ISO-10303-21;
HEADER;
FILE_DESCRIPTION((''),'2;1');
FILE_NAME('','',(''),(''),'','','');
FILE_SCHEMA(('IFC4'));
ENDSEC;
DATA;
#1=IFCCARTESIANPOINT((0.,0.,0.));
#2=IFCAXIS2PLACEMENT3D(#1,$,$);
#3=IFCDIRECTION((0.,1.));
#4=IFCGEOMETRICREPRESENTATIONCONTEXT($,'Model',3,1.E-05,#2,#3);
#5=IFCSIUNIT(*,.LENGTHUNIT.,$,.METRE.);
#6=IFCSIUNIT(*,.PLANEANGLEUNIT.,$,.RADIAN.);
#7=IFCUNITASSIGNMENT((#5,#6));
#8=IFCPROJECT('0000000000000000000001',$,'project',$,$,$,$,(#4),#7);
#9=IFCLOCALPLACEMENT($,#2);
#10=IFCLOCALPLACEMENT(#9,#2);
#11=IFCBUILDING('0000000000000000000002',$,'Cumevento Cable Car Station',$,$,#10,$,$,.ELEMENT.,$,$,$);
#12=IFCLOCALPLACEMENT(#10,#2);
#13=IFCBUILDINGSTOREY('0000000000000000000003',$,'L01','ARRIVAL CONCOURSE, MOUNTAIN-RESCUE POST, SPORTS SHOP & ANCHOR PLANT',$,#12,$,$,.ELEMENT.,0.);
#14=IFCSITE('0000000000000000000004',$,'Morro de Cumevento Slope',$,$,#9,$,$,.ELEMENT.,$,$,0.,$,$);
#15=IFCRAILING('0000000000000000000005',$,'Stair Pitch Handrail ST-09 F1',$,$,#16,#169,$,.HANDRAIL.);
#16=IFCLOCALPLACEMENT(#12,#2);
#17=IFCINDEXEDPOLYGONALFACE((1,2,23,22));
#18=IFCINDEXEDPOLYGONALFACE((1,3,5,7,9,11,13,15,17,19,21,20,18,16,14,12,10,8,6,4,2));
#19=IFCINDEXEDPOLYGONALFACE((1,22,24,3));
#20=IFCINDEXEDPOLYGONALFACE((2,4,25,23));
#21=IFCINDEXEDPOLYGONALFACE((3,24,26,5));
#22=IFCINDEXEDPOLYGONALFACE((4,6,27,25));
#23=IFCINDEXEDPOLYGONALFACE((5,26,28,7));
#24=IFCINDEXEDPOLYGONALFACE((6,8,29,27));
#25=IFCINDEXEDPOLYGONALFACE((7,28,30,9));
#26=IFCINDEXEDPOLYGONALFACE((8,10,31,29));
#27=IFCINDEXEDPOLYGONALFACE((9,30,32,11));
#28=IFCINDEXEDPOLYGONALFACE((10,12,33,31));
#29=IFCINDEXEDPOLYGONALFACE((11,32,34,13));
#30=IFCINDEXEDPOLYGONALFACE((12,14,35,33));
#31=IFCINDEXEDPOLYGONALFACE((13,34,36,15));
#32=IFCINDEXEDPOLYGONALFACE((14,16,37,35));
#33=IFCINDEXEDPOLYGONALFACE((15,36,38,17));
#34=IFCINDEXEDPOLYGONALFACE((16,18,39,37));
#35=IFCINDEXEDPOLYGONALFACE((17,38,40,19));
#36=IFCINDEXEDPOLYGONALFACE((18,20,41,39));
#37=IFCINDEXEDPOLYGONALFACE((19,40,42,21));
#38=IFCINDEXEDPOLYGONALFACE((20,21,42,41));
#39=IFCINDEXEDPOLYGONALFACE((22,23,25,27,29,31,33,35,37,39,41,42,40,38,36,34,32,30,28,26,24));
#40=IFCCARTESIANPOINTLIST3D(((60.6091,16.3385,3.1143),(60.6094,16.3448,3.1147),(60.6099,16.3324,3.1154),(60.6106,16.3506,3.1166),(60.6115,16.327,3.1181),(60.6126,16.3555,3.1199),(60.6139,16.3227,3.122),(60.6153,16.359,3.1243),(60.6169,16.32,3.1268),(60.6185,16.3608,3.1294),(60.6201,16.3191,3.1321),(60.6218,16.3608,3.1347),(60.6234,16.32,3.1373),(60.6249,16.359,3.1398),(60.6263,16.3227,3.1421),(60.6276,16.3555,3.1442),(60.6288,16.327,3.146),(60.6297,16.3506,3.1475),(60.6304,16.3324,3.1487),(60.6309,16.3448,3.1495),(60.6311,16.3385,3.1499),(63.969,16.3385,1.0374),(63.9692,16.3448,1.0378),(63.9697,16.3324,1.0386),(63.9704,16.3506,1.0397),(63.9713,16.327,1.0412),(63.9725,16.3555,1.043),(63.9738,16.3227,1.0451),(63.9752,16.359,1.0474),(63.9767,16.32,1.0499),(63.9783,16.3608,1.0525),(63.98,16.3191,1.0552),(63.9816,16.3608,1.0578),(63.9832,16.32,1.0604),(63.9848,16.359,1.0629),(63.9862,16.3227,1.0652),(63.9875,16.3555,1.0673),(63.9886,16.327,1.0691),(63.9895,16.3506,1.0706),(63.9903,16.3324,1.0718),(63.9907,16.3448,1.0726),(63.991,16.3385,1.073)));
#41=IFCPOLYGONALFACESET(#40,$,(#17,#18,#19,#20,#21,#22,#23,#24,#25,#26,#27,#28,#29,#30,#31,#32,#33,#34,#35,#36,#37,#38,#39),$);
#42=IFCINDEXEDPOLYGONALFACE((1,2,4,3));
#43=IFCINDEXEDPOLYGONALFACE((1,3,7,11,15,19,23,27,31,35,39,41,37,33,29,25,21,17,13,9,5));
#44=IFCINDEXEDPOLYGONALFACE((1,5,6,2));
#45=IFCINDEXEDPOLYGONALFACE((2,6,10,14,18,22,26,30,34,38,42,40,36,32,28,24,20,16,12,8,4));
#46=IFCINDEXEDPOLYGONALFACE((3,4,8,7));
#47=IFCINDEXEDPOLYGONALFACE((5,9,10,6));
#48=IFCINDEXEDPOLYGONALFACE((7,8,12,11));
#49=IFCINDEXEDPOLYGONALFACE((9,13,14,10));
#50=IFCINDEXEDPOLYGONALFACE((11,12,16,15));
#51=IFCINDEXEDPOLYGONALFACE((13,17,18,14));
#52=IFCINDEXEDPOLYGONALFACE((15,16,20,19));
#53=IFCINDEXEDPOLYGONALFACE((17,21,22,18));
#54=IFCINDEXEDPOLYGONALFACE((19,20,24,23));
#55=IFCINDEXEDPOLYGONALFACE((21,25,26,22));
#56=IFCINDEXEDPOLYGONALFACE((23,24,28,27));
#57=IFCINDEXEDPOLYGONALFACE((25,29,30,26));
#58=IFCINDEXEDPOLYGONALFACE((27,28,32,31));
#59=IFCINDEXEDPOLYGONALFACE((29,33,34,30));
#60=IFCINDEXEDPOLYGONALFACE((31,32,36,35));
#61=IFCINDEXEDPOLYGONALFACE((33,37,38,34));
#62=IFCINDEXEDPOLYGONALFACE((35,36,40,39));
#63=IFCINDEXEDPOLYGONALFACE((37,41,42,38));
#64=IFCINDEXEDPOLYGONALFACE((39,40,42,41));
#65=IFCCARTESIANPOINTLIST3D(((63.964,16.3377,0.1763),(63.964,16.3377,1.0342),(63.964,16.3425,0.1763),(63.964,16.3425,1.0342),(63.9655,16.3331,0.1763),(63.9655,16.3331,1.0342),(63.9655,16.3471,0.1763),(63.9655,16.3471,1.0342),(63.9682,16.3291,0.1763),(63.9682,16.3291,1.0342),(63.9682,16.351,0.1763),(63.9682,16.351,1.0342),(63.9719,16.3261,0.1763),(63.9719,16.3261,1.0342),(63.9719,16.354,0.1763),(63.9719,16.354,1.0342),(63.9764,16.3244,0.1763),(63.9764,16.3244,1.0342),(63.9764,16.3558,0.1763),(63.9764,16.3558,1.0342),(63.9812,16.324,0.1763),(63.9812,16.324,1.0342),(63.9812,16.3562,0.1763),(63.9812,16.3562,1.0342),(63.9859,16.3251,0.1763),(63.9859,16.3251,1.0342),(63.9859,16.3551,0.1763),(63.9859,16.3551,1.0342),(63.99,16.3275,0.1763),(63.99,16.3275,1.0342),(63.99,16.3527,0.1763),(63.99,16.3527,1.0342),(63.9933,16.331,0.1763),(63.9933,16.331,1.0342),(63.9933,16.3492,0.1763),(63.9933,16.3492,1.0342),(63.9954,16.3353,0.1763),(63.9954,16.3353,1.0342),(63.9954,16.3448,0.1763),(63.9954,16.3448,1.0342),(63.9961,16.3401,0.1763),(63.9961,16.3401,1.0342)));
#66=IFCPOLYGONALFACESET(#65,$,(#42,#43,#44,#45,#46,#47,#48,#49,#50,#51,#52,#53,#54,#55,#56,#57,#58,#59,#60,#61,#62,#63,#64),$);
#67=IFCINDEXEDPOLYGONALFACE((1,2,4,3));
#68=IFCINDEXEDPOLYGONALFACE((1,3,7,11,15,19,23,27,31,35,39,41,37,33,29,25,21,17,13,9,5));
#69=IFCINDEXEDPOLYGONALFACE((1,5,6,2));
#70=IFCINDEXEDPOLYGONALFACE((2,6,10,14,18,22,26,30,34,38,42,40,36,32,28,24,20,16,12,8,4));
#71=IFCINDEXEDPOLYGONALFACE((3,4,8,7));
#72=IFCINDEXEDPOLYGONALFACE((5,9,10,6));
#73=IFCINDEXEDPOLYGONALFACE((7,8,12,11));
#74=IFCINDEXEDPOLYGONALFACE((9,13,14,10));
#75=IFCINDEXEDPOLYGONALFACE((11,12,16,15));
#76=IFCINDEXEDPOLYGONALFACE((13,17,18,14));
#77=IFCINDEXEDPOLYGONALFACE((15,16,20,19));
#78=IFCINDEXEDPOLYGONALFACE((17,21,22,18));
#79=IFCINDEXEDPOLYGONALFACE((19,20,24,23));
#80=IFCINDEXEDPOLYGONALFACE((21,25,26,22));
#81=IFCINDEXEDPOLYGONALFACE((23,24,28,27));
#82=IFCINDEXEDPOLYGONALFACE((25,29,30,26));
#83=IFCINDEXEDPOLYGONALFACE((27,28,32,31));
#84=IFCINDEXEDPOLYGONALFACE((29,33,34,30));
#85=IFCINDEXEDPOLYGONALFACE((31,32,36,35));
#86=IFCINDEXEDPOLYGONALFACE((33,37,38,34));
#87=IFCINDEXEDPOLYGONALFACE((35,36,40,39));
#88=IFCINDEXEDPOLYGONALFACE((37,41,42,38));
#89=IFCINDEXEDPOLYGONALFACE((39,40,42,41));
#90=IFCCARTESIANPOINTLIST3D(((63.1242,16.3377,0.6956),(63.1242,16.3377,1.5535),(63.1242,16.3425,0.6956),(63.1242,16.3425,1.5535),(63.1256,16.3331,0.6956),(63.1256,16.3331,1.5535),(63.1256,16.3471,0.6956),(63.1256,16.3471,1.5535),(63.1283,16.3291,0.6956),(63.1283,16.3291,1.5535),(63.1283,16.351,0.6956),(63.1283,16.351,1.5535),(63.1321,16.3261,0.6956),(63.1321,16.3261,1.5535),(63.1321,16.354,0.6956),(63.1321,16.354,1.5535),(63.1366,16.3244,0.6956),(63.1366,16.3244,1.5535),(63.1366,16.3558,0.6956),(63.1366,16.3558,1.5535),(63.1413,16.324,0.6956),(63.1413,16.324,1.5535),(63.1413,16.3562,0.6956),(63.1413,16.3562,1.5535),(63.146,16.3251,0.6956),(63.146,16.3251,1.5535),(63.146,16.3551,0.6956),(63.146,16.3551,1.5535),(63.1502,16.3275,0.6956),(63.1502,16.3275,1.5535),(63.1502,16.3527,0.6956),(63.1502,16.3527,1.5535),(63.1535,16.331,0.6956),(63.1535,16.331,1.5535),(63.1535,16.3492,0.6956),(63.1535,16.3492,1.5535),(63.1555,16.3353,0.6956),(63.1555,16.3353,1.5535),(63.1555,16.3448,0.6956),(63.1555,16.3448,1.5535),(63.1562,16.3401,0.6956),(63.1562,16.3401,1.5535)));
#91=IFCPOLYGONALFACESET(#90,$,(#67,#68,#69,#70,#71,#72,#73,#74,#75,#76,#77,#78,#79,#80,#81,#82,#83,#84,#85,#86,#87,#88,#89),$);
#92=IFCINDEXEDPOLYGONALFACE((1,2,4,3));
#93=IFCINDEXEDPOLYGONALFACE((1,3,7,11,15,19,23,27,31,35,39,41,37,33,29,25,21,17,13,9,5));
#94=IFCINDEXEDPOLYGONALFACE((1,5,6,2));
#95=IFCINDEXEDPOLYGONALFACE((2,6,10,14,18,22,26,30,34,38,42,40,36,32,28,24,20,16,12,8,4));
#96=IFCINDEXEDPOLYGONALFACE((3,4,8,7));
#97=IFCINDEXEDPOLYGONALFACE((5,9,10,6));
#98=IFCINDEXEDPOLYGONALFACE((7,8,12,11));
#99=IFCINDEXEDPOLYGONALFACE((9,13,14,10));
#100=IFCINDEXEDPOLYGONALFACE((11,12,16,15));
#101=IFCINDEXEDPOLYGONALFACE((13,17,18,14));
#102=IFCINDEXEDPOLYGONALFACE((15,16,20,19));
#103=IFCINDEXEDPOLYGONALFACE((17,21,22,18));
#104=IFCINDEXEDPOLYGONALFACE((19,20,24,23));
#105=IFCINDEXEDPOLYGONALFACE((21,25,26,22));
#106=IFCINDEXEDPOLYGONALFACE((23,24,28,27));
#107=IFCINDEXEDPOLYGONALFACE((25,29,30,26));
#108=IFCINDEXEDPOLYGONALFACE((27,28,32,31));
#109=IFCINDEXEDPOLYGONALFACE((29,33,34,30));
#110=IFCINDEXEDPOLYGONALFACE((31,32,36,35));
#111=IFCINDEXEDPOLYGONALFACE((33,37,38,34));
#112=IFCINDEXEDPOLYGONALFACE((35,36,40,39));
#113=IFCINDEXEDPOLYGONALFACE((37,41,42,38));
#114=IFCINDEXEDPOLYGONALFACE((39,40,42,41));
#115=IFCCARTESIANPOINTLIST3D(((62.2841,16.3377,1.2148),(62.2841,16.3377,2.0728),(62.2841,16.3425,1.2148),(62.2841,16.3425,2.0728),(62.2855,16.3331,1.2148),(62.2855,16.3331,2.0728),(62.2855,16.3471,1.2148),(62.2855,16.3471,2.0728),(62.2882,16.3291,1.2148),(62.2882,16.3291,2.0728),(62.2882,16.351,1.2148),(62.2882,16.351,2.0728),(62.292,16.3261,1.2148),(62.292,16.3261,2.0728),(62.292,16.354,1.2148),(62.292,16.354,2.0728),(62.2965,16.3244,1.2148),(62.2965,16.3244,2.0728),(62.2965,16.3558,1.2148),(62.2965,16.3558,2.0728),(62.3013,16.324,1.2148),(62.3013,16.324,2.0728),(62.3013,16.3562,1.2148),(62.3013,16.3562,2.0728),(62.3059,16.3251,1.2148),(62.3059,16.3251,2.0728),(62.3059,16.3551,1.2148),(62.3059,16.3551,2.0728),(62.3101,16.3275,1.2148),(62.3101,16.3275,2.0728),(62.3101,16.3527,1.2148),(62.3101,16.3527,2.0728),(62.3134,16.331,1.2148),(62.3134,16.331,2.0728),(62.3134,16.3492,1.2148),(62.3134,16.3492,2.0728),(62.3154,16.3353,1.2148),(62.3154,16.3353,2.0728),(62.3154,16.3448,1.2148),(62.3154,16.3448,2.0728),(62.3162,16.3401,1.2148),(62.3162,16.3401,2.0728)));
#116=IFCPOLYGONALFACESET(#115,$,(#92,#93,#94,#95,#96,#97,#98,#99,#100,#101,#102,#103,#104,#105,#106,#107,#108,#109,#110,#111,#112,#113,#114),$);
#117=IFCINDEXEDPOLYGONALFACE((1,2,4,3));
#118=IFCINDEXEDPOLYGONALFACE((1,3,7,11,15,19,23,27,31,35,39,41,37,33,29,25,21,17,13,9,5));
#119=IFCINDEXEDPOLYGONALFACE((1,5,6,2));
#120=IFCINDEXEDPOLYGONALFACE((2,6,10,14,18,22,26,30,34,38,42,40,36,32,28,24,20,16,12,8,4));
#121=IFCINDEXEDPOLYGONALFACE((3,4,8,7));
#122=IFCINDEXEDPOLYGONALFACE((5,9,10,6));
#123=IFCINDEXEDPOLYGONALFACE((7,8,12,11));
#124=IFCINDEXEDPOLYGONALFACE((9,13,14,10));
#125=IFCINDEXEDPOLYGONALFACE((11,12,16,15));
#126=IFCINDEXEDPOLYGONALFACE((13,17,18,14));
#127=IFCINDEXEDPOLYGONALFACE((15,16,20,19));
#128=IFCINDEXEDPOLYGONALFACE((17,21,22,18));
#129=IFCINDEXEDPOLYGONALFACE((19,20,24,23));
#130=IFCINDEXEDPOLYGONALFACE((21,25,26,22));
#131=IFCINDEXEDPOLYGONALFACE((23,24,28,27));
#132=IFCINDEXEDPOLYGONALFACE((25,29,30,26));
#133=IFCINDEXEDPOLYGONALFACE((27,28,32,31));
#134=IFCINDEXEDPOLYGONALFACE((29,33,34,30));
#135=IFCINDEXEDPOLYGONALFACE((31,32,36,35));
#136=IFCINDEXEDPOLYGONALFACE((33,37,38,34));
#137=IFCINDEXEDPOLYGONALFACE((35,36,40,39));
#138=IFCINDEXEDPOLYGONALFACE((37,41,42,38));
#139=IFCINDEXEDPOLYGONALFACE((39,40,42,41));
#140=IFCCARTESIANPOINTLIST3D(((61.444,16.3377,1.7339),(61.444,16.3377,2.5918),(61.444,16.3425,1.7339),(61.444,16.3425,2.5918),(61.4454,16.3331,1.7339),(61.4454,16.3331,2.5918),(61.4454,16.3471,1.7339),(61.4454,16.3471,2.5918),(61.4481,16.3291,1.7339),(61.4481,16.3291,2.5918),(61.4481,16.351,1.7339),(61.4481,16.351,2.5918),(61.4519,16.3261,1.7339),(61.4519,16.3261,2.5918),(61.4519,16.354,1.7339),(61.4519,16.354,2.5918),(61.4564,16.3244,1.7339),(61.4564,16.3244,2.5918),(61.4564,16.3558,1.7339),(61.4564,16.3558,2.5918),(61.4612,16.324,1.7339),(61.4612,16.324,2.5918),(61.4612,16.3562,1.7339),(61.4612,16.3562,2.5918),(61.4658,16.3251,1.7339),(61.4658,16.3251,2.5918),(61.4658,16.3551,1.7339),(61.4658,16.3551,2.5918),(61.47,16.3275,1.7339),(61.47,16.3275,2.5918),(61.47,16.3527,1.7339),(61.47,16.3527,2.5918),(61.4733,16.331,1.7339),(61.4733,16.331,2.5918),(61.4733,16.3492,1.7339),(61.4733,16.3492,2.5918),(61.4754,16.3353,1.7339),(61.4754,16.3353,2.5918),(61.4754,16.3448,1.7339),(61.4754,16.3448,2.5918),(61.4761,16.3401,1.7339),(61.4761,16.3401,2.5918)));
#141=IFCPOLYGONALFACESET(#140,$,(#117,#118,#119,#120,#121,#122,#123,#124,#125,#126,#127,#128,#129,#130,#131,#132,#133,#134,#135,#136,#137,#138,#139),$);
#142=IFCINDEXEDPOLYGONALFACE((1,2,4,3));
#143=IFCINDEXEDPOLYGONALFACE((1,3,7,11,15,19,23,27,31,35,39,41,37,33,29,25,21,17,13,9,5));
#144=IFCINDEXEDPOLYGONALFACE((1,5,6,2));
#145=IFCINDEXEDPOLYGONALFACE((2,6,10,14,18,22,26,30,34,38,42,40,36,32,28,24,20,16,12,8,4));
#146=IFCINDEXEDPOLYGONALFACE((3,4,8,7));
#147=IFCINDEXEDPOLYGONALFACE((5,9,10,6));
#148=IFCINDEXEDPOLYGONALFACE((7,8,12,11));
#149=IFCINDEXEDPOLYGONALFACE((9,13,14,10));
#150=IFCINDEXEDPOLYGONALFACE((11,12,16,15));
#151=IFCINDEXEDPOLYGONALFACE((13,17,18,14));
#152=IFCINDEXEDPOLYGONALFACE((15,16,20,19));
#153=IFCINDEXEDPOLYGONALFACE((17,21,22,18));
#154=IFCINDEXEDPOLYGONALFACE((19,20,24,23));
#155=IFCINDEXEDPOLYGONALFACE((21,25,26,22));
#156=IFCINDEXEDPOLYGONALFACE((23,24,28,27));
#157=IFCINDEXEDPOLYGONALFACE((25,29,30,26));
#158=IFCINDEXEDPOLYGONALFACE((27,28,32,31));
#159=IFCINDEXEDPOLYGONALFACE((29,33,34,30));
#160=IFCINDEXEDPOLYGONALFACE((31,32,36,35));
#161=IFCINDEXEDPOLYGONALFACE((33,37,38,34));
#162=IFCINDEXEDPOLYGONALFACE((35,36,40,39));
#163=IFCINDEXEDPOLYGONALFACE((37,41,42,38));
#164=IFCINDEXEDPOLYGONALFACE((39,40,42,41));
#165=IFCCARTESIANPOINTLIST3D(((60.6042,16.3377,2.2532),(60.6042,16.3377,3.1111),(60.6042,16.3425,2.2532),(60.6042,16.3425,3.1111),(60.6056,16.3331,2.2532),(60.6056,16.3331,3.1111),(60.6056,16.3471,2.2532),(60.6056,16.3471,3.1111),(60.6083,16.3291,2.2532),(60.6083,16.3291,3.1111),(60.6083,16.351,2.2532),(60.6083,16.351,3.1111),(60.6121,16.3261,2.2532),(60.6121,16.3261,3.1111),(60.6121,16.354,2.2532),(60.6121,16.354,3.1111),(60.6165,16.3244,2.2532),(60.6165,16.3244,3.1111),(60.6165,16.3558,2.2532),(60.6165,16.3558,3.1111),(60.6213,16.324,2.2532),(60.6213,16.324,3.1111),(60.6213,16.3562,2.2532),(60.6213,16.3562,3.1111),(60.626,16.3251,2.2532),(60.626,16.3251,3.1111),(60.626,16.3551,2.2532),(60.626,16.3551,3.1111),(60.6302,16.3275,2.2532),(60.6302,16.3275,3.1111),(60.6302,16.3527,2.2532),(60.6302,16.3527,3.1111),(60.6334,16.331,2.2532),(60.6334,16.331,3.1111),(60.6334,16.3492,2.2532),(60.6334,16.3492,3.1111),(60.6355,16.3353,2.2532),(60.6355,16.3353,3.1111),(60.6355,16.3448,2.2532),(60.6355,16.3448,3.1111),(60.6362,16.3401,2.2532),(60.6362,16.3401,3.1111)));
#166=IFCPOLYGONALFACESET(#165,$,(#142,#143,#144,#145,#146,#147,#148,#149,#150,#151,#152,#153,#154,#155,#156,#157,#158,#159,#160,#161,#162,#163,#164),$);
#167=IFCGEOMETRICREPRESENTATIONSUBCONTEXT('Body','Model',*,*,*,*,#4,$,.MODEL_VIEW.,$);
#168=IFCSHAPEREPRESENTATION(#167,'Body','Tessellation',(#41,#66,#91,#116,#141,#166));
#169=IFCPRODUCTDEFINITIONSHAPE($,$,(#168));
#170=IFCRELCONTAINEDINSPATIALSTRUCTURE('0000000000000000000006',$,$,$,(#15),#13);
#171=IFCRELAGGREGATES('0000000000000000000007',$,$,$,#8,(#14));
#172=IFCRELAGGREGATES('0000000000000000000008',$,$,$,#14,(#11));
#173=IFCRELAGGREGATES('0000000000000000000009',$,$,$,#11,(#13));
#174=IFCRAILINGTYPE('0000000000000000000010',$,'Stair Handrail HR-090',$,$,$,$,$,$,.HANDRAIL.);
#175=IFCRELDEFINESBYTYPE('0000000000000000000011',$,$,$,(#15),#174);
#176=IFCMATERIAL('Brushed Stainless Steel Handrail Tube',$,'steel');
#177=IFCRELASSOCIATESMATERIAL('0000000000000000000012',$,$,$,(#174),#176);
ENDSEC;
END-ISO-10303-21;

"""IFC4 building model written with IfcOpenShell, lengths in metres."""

from ifc_helpers import new_model, si_unit, direction, frame, origin, origin_2d, place, context, subcontext, project, spatial, circle, extrude, material, type_object, element, save


model = new_model("IFC4")

# Units and contexts
model_context = context("Model", 3, precision=1e-05, world=origin(), true_north=direction((0.0, 1.0)))
body_context = subcontext(model_context, "Body", "Model", "MODEL_VIEW")
ifc_project = project(units=[si_unit("LENGTHUNIT", "METRE"), si_unit("PLANEANGLEUNIT", "RADIAN")], contexts=[model_context])

# Site, building, storey
site_placement = place(None, origin())
site = spatial("IfcSite", under=ifc_project, at=site_placement, Name="Morro de Cumevento Slope", CompositionType="ELEMENT", RefElevation=0.0)
building_placement = place(site_placement, origin())
building = spatial("IfcBuilding", under=site, at=building_placement, Name="Cumevento Cable Car Station", CompositionType="ELEMENT")
storey_placement = place(building_placement, origin())
storey = spatial("IfcBuildingStorey", under=building, at=storey_placement, Name="L01", Description="ARRIVAL CONCOURSE, MOUNTAIN-RESCUE POST, SPORTS SHOP & ANCHOR PLANT", CompositionType="ELEMENT", Elevation=0.0)

# Railing
ifc_material_1 = material(Name="Brushed Stainless Steel Handrail Tube", Category="steel")
railing_type_1 = type_object("IfcRailingType", Name="Stair Handrail HR-090", PredefinedType="HANDRAIL", material=ifc_material_1)
railing_1_placement = place(storey_placement, frame((63.98, 16.3401, 0.1763)))
element("IfcRailing", 1, at=railing_1_placement, inside=storey, type_object=railing_type_1, Name="Stair Pitch Handrail ST-09 F1", PredefinedType="HANDRAIL", context=body_context, shape_type="SweptSolid", body=[
    extrude(circle(Radius=0.021, at=origin_2d()), frame((0.0, 0.0, 0.8789), z_axis=(-0.850606, 0.0, 0.525803), x_axis=(0.0, -1.0, 0.0)), (0.0, 0.0, 1.0), 3.95),
    extrude(circle(Radius=0.0161, at=origin_2d()), origin(), (0.0, 0.0, 1.0), 0.8579),
    extrude(circle(Radius=0.0161, at=origin_2d()), frame((-0.8398, 0.0, 0.5193)), (0.0, 0.0, 1.0), 0.8579),
    extrude(circle(Radius=0.0161, at=origin_2d()), frame((-1.6799, 0.0, 1.0386)), (0.0, 0.0, 1.0), 0.8579),
    extrude(circle(Radius=0.0161, at=origin_2d()), frame((-2.52, 0.0, 1.5576)), (0.0, 0.0, 1.0), 0.8579),
    extrude(circle(Radius=0.0161, at=origin_2d()), frame((-3.3599, 0.0, 2.0769)), (0.0, 0.0, 1.0), 0.8579),
])

save(model, "model.ifc")
